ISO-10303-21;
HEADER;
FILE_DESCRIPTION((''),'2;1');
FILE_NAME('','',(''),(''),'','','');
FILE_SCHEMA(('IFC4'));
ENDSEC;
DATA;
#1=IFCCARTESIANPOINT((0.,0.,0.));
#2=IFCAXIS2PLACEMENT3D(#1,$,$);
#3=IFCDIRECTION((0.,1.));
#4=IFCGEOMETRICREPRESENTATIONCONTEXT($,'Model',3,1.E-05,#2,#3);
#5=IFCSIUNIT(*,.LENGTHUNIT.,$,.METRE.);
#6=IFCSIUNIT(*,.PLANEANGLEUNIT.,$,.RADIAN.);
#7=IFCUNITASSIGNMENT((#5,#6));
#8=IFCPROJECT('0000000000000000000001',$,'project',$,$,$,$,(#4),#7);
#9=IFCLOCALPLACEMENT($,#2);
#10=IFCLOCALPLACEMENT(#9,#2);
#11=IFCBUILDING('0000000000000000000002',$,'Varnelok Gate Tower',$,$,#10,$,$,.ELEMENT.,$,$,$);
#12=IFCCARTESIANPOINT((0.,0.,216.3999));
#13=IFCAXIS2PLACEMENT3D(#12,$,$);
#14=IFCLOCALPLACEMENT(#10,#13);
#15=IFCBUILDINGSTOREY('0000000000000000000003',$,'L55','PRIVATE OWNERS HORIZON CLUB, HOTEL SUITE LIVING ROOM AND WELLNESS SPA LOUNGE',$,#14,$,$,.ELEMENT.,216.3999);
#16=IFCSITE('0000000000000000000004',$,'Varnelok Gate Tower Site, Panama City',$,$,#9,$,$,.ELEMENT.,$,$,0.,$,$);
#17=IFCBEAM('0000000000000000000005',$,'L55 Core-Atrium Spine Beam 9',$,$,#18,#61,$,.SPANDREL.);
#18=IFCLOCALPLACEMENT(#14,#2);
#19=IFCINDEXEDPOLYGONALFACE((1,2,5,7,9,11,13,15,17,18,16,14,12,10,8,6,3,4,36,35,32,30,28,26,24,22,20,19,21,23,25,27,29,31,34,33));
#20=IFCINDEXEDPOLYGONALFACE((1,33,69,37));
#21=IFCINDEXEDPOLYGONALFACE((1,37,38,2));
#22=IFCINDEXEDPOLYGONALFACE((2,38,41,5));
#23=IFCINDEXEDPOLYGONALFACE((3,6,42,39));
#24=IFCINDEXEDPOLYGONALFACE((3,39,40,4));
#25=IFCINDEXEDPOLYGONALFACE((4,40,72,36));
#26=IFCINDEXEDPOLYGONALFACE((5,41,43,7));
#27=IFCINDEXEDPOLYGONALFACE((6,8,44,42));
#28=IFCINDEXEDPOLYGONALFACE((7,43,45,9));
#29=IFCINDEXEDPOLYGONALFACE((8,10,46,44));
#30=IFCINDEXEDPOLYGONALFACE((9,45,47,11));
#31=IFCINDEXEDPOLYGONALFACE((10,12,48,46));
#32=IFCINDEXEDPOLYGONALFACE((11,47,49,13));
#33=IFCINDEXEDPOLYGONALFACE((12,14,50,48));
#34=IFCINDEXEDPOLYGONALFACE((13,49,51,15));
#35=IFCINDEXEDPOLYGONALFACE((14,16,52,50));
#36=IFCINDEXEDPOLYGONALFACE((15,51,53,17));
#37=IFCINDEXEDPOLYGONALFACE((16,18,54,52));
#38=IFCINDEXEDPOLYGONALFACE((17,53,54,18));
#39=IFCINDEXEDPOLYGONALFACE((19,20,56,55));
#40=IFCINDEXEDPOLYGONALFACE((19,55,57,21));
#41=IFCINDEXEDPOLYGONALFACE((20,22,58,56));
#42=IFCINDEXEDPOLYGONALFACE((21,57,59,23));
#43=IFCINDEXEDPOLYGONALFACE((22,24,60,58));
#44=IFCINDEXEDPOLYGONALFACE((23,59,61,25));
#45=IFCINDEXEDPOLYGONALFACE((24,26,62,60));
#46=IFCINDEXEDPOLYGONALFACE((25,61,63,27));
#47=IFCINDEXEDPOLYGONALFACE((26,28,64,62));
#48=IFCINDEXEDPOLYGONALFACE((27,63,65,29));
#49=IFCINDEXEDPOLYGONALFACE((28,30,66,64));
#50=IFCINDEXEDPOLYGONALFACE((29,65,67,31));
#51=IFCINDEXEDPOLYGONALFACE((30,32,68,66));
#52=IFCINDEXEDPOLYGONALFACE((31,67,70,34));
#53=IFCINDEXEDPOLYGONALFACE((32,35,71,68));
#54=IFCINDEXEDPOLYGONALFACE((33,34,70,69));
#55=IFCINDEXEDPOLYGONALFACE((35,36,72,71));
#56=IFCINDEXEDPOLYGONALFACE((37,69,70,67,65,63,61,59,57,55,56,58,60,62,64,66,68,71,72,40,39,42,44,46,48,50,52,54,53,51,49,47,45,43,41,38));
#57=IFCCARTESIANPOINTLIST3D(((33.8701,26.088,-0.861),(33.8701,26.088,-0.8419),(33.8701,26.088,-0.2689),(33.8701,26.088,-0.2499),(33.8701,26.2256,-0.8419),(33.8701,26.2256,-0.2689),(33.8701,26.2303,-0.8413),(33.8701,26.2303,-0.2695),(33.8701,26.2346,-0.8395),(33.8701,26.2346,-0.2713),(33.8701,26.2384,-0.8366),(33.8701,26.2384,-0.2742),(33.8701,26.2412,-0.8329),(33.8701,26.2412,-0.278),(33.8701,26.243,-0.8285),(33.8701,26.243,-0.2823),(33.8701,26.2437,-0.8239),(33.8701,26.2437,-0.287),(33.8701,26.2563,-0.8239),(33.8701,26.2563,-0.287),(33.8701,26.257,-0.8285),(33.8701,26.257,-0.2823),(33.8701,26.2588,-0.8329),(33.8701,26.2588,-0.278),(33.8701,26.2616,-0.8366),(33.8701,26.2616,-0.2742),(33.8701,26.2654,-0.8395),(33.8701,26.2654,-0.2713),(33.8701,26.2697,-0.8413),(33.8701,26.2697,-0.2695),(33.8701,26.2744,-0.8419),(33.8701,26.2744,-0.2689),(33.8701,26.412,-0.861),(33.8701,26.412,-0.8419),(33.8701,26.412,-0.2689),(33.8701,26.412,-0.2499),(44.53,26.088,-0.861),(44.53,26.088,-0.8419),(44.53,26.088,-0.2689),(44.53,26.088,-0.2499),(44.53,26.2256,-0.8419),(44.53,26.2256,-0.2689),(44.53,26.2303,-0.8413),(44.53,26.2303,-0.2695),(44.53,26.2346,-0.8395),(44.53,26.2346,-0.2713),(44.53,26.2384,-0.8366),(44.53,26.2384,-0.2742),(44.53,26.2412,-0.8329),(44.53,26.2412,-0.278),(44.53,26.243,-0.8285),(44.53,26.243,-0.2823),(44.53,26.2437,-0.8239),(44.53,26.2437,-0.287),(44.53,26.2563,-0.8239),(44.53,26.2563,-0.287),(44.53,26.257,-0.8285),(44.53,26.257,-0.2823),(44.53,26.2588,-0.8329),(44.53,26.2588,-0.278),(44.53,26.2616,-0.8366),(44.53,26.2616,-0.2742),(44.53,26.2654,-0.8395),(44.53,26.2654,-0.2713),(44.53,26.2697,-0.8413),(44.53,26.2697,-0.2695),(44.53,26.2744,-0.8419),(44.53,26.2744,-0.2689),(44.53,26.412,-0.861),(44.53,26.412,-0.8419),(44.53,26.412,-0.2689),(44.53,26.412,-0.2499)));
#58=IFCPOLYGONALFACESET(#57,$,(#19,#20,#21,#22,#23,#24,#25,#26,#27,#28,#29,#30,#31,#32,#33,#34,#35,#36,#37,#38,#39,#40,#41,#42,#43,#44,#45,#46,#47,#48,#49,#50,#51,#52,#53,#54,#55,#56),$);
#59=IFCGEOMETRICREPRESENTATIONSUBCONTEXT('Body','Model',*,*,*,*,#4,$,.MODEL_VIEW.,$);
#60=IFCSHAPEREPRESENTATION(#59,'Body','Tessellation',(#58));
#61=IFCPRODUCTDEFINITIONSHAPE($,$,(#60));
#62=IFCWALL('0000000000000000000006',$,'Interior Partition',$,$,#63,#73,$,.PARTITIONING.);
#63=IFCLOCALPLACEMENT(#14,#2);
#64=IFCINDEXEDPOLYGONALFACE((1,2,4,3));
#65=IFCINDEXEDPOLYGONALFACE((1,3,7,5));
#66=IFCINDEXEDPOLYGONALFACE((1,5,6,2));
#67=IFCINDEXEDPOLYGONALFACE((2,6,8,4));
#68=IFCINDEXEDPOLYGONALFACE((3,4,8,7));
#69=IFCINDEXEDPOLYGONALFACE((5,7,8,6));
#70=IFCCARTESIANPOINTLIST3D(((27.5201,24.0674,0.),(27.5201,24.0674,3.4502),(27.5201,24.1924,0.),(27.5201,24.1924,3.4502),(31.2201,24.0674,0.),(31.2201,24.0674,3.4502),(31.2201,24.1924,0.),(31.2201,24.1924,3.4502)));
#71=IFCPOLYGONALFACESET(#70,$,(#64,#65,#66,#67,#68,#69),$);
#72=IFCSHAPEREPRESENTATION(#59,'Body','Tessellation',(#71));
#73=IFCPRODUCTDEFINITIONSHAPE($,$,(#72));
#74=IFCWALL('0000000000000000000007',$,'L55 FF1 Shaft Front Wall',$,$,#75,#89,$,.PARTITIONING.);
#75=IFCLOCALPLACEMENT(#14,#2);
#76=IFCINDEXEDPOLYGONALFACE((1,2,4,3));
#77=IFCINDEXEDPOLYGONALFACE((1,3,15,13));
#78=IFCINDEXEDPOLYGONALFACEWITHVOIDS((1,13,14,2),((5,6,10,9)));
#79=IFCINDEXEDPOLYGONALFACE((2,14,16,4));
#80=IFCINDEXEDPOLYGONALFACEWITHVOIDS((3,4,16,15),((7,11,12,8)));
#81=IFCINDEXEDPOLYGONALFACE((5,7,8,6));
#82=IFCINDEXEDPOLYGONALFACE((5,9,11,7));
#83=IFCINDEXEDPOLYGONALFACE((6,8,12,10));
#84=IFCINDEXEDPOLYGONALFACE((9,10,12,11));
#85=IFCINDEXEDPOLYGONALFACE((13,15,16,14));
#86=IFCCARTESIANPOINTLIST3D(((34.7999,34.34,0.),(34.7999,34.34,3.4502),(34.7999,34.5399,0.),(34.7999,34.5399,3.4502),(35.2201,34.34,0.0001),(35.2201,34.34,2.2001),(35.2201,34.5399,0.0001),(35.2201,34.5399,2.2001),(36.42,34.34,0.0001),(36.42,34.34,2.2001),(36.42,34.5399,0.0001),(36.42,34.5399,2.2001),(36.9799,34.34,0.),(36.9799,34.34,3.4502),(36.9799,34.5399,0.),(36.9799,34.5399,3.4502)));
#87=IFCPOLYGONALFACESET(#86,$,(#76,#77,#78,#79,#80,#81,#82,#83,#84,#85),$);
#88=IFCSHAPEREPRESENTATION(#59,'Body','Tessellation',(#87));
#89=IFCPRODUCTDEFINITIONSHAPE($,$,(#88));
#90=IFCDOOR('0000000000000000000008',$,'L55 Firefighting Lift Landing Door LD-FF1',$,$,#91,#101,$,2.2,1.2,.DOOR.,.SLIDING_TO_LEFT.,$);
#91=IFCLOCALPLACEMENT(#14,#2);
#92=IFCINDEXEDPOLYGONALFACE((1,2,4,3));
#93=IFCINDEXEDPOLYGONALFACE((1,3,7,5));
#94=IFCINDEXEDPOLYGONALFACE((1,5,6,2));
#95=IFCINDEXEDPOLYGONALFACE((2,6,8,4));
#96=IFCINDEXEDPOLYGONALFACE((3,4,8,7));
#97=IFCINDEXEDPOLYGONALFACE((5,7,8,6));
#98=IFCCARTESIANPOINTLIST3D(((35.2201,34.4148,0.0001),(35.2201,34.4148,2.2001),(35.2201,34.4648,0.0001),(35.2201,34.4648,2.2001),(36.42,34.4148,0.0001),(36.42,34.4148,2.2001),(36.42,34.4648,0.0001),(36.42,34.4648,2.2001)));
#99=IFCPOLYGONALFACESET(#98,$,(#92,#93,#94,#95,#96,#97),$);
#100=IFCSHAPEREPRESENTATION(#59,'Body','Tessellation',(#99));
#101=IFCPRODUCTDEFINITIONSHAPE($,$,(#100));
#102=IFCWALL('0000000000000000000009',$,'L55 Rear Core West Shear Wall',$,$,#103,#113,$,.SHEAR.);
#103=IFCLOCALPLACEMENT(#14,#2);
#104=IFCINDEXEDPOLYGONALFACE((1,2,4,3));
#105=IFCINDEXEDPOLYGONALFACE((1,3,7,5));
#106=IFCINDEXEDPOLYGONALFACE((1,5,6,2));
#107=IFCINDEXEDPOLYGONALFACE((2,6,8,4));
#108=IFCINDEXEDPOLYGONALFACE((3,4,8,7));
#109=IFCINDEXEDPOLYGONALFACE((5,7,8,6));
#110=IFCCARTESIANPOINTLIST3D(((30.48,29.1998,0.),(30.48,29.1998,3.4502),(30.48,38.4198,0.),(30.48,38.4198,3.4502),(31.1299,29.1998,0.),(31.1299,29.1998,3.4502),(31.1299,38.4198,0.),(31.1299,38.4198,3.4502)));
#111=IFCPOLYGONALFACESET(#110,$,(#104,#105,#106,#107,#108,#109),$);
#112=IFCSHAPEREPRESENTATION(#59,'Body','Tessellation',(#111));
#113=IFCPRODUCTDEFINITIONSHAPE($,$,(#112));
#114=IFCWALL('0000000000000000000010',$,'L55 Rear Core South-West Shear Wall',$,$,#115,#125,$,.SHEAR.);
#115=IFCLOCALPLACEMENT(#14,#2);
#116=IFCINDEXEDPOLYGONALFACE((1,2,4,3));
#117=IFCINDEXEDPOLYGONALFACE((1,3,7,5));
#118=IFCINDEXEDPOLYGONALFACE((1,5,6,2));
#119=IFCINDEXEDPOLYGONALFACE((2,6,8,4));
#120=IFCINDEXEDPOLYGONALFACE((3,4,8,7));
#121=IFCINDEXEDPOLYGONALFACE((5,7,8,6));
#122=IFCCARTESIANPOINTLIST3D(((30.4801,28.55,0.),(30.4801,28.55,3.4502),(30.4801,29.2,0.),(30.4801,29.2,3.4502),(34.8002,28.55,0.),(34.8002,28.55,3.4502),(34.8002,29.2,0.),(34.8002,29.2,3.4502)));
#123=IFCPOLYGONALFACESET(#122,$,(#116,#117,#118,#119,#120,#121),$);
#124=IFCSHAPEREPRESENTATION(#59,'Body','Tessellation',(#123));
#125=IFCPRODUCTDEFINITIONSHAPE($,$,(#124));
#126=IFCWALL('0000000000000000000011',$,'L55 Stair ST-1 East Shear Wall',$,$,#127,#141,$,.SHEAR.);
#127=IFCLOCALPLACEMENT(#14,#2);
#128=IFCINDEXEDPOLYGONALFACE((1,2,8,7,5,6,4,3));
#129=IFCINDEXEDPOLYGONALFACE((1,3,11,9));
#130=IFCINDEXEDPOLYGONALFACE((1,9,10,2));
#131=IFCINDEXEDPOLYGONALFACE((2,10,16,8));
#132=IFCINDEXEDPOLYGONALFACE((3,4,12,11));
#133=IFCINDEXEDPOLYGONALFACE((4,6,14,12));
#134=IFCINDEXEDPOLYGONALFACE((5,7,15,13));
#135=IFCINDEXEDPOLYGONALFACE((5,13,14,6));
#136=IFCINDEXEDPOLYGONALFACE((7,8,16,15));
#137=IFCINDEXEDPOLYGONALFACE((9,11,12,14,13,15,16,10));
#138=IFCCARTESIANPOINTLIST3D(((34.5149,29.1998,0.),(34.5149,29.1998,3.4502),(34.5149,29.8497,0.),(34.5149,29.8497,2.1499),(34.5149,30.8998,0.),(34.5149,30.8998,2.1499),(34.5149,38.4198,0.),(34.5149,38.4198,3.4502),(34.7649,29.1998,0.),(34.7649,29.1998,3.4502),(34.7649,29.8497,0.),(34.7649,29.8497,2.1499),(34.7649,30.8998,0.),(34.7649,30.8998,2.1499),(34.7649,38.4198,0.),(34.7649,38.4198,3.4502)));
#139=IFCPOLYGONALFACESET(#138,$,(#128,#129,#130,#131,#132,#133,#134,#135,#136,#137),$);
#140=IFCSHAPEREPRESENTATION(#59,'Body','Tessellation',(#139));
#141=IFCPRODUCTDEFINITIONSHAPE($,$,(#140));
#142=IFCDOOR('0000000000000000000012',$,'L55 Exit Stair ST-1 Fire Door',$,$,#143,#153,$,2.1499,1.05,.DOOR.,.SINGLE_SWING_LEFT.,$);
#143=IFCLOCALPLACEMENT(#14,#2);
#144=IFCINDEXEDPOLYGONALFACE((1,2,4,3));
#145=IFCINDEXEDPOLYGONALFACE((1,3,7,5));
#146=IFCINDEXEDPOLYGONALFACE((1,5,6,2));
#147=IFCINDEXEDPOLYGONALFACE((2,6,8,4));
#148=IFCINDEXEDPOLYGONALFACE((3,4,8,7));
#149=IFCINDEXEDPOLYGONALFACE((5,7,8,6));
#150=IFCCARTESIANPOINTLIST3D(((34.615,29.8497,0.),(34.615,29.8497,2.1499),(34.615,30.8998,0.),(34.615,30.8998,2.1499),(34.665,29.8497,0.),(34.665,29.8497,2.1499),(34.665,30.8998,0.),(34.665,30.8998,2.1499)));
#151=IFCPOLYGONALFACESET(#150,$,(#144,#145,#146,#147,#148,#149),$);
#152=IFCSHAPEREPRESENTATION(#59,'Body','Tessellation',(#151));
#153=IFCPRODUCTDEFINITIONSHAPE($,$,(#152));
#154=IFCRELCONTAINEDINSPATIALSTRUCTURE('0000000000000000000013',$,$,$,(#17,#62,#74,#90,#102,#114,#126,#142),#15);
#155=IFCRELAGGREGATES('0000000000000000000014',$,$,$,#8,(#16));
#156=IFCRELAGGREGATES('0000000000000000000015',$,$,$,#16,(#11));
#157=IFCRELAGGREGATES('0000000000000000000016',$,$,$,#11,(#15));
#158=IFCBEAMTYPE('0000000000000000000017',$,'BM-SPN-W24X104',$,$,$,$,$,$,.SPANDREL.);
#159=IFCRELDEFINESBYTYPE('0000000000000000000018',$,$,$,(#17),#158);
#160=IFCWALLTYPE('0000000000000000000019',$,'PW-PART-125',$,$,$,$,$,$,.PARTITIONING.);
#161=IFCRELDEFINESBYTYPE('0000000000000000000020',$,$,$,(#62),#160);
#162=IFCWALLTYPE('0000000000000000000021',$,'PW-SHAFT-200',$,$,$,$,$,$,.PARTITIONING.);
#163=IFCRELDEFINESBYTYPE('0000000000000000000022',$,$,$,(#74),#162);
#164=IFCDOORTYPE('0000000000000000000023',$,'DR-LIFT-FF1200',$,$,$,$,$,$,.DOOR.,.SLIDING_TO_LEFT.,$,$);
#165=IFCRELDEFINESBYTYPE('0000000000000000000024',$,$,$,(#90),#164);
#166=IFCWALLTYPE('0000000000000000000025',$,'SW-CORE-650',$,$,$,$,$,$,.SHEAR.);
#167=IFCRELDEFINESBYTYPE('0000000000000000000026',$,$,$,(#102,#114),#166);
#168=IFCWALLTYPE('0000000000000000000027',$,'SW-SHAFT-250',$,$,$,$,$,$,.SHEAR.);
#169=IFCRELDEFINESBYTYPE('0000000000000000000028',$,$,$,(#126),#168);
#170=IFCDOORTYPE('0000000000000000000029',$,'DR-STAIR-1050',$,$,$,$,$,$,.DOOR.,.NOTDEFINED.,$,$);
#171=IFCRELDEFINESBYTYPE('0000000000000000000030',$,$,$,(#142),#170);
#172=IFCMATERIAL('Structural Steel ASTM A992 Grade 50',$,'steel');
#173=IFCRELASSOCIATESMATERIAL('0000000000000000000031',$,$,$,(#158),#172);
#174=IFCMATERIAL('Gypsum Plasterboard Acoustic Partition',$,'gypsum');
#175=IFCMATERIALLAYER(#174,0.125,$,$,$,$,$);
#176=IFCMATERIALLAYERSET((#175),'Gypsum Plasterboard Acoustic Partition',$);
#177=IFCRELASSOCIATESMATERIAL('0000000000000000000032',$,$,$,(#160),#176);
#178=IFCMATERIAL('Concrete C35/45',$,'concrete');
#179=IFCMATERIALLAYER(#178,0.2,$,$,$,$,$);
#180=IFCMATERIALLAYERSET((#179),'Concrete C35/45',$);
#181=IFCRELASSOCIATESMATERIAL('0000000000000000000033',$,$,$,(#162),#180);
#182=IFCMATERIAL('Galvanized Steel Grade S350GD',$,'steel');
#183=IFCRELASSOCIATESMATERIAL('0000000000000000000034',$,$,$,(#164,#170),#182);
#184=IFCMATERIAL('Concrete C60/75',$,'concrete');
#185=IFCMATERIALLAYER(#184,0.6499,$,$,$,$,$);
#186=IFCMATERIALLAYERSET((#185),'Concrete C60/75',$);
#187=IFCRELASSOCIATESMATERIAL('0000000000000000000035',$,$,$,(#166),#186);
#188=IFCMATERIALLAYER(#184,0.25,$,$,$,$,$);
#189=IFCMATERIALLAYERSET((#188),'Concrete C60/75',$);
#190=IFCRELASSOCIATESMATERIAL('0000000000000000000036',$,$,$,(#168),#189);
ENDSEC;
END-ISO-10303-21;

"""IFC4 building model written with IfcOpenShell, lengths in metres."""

from ifc_helpers import new_model, si_unit, direction, frame, frame_2d, origin, origin_2d, place, context, subcontext, project, spatial, rectangle, i_section, extrude, material, layer, layer_set, material_profile, profile_set, type_object, element, fill, save


model = new_model("IFC4")

# Units and contexts
model_context = context("Model", 3, precision=1e-05, world=origin(), true_north=direction((0.0, 1.0)))
body_context = subcontext(model_context, "Body", "Model", "MODEL_VIEW")
ifc_project = project(units=[si_unit("LENGTHUNIT", "METRE"), si_unit("PLANEANGLEUNIT", "RADIAN")], contexts=[model_context])

# Site, building, storey
site_placement = place(None, origin())
site = spatial("IfcSite", under=ifc_project, at=site_placement, Name="Varnelok Gate Tower Site, Panama City", CompositionType="ELEMENT", RefElevation=0.0)
building_placement = place(site_placement, origin())
building = spatial("IfcBuilding", under=site, at=building_placement, Name="Varnelok Gate Tower", CompositionType="ELEMENT")
storey_placement = place(building_placement, frame((0.0, 0.0, 216.3999)))
storey = spatial("IfcBuildingStorey", under=building, at=storey_placement, Name="L55", Description="PRIVATE OWNERS HORIZON CLUB, HOTEL SUITE LIVING ROOM AND WELLNESS SPA LOUNGE", CompositionType="ELEMENT", Elevation=216.3999)

# Shared definitions
ifc_material_1 = material(Name="Concrete C60/75", Category="concrete")
ifc_material_2 = material(Name="Structural Steel ASTM A992 Grade 50", Category="steel")

# Beam
ifc_material_profile_1 = material_profile(ifc_material_2, i_section(OverallWidth=0.324, OverallDepth=0.6111, WebThickness=0.0127, FlangeThickness=0.019, FilletRadius=0.0181, at=origin_2d()), Name="W24X104")
ifc_profile_set_1 = profile_set([ifc_material_profile_1], Name="Structural Steel ASTM A992 Grade 50")
beam_type_1 = type_object("IfcBeamType", Name="BM-SPN-W24X104", PredefinedType="SPANDREL", material=ifc_profile_set_1)
beam_1_placement = place(storey_placement, frame((33.8701, 26.25, -0.5554), z_axis=(1.0, 0.0, 0.0), x_axis=(0.0, 1.0, 0.0)))
element("IfcBeam", 1, at=beam_1_placement, inside=storey, type_object=beam_type_1, Name="L55 Core-Atrium Spine Beam 9", PredefinedType="SPANDREL", context=body_context, shape_type="SweptSolid", body=[
    extrude(i_section(OverallWidth=0.324, OverallDepth=0.6111, WebThickness=0.0127, FlangeThickness=0.019, FilletRadius=0.0181, at=origin_2d()), origin(), (0.0, 0.0, 1.0), 10.6599),
])

# Wall
ifc_material_3 = material(Name="Gypsum Plasterboard Acoustic Partition", Category="gypsum")
ifc_layer_1 = layer(ifc_material_3, 0.125)
ifc_layer_set_1 = layer_set([ifc_layer_1], Name="Gypsum Plasterboard Acoustic Partition")
wall_type_1 = type_object("IfcWallType", Name="PW-PART-125", PredefinedType="PARTITIONING", material=ifc_layer_set_1)
wall_1_placement = place(storey_placement, frame((27.52, 24.1299, 0.0), z_axis=(0.0, 0.0, 1.0), x_axis=(1.0, 0.0, 0.0)))
element("IfcWall", 2, at=wall_1_placement, inside=storey, type_object=wall_type_1, Name="Interior Partition", PredefinedType="PARTITIONING", context=body_context, shape_type="SweptSolid", body=[
    extrude(rectangle(XDim=3.7, YDim=0.125, at=frame_2d((1.8501, 0.0))), origin(), (0.0, 0.0, 1.0), 3.4502),
])

# Wall, opening, door
ifc_material_4 = material(Name="Concrete C35/45", Category="concrete")
ifc_layer_2 = layer(ifc_material_4, 0.2)
ifc_layer_set_2 = layer_set([ifc_layer_2], Name="Concrete C35/45")
wall_type_2 = type_object("IfcWallType", Name="PW-SHAFT-200", PredefinedType="PARTITIONING", material=ifc_layer_set_2)
wall_2_placement = place(storey_placement, frame((34.8, 34.4399, 0.0), z_axis=(0.0, 0.0, 1.0), x_axis=(1.0, 0.0, 0.0)))
wall_2 = element("IfcWall", 3, at=wall_2_placement, inside=storey, type_object=wall_type_2, Name="L55 FF1 Shaft Front Wall", PredefinedType="PARTITIONING", context=body_context, shape_type="SweptSolid", body=[
    extrude(rectangle(XDim=2.1799, YDim=0.2, at=frame_2d((1.0898, 0.0))), origin(), (0.0, 0.0, 1.0), 3.4502),
])
opening_1_placement = place(wall_2_placement, frame((0.4199, 0.0, 0.0)))
opening_1 = element("IfcOpeningElement", 4, at=opening_1_placement, cuts=wall_2, PredefinedType="OPENING", context=body_context, shape_type="SweptSolid", body=[
    extrude(rectangle(XDim=1.2, YDim=2.2, at=frame_2d((0.6001, 1.1001))), frame((0.0, 0.1099, 0.0), z_axis=(0.0, -1.0, 0.0), x_axis=(1.0, 0.0, 0.0)), (0.0, 0.0, 1.0), 0.22),
])
ifc_material_5 = material(Name="Galvanized Steel Grade S350GD", Category="steel")
door_type_1 = type_object("IfcDoorType", Name="DR-LIFT-FF1200", OperationType="SLIDING_TO_LEFT", PredefinedType="DOOR", material=ifc_material_5)
door_1_placement = place(opening_1_placement, origin())
door_1 = element("IfcDoor", 5, at=door_1_placement, inside=storey, type_object=door_type_1, Name="L55 Firefighting Lift Landing Door LD-FF1", OperationType="SLIDING_TO_LEFT", OverallHeight=2.2, OverallWidth=1.2, PredefinedType="DOOR", context=body_context, shape_type="SweptSolid", body=[
    extrude(rectangle(XDim=1.2, YDim=2.2, at=frame_2d((0.6001, 1.1001))), frame((0.0, 0.0249, 0.0), z_axis=(0.0, -1.0, 0.0), x_axis=(1.0, 0.0, 0.0)), (0.0, 0.0, 1.0), 0.05),
])
fill(opening_1, door_1)

# Walls
ifc_layer_3 = layer(ifc_material_1, 0.6499)
ifc_layer_set_3 = layer_set([ifc_layer_3], Name="Concrete C60/75")
wall_type_3 = type_object("IfcWallType", Name="SW-CORE-650", PredefinedType="SHEAR", material=ifc_layer_set_3)
wall_3_placement = place(storey_placement, frame((30.8049, 29.2, 0.0), z_axis=(0.0, 0.0, 1.0), x_axis=(0.0, 1.0, 0.0)))
element("IfcWall", 6, at=wall_3_placement, inside=storey, type_object=wall_type_3, Name="L55 Rear Core West Shear Wall", PredefinedType="SHEAR", context=body_context, shape_type="SweptSolid", body=[
    extrude(rectangle(XDim=9.22, YDim=0.6499, at=frame_2d((4.6099, 0.0))), origin(), (0.0, 0.0, 1.0), 3.4502),
])
wall_4_placement = place(storey_placement, frame((30.48, 28.875, 0.0), z_axis=(0.0, 0.0, 1.0), x_axis=(1.0, 0.0, 0.0)))
element("IfcWall", 7, at=wall_4_placement, inside=storey, type_object=wall_type_3, Name="L55 Rear Core South-West Shear Wall", PredefinedType="SHEAR", context=body_context, shape_type="SweptSolid", body=[
    extrude(rectangle(XDim=4.3201, YDim=0.6499, at=frame_2d((2.1602, 0.0))), origin(), (0.0, 0.0, 1.0), 3.4502),
])

# Wall, opening, door
ifc_layer_4 = layer(ifc_material_1, 0.25)
ifc_layer_set_4 = layer_set([ifc_layer_4], Name="Concrete C60/75")
wall_type_4 = type_object("IfcWallType", Name="SW-SHAFT-250", PredefinedType="SHEAR", material=ifc_layer_set_4)
wall_5_placement = place(storey_placement, frame((34.6399, 29.2, 0.0), z_axis=(0.0, 0.0, 1.0), x_axis=(0.0, 1.0, 0.0)))
wall_5 = element("IfcWall", 8, at=wall_5_placement, inside=storey, type_object=wall_type_4, Name="L55 Stair ST-1 East Shear Wall", PredefinedType="SHEAR", context=body_context, shape_type="SweptSolid", body=[
    extrude(rectangle(XDim=9.22, YDim=0.25, at=frame_2d((4.6099, 0.0))), origin(), (0.0, 0.0, 1.0), 3.4502),
])
opening_2_placement = place(wall_5_placement, frame((0.6499, 0.0, 0.0)))
opening_2 = element("IfcOpeningElement", 9, at=opening_2_placement, cuts=wall_5, PredefinedType="OPENING", context=body_context, shape_type="SweptSolid", body=[
    extrude(rectangle(XDim=1.05, YDim=2.1499, at=frame_2d((0.5249, 1.075))), frame((0.0, 0.135, 0.0), z_axis=(0.0, -1.0, 0.0), x_axis=(1.0, 0.0, 0.0)), (0.0, 0.0, 1.0), 0.27),
])
door_type_2 = type_object("IfcDoorType", Name="DR-STAIR-1050", OperationType="NOTDEFINED", PredefinedType="DOOR", material=ifc_material_5)
door_2_placement = place(opening_2_placement, origin())
door_2 = element("IfcDoor", 10, at=door_2_placement, inside=storey, type_object=door_type_2, Name="L55 Exit Stair ST-1 Fire Door", OperationType="SINGLE_SWING_LEFT", OverallHeight=2.1499, OverallWidth=1.05, PredefinedType="DOOR", context=body_context, shape_type="SweptSolid", body=[
    extrude(rectangle(XDim=1.05, YDim=2.1499, at=frame_2d((0.5249, 1.075))), frame((0.0, 0.0249, 0.0), z_axis=(0.0, -1.0, 0.0), x_axis=(1.0, 0.0, 0.0)), (0.0, 0.0, 1.0), 0.05),
])
fill(opening_2, door_2)

save(model, "model.ifc")
